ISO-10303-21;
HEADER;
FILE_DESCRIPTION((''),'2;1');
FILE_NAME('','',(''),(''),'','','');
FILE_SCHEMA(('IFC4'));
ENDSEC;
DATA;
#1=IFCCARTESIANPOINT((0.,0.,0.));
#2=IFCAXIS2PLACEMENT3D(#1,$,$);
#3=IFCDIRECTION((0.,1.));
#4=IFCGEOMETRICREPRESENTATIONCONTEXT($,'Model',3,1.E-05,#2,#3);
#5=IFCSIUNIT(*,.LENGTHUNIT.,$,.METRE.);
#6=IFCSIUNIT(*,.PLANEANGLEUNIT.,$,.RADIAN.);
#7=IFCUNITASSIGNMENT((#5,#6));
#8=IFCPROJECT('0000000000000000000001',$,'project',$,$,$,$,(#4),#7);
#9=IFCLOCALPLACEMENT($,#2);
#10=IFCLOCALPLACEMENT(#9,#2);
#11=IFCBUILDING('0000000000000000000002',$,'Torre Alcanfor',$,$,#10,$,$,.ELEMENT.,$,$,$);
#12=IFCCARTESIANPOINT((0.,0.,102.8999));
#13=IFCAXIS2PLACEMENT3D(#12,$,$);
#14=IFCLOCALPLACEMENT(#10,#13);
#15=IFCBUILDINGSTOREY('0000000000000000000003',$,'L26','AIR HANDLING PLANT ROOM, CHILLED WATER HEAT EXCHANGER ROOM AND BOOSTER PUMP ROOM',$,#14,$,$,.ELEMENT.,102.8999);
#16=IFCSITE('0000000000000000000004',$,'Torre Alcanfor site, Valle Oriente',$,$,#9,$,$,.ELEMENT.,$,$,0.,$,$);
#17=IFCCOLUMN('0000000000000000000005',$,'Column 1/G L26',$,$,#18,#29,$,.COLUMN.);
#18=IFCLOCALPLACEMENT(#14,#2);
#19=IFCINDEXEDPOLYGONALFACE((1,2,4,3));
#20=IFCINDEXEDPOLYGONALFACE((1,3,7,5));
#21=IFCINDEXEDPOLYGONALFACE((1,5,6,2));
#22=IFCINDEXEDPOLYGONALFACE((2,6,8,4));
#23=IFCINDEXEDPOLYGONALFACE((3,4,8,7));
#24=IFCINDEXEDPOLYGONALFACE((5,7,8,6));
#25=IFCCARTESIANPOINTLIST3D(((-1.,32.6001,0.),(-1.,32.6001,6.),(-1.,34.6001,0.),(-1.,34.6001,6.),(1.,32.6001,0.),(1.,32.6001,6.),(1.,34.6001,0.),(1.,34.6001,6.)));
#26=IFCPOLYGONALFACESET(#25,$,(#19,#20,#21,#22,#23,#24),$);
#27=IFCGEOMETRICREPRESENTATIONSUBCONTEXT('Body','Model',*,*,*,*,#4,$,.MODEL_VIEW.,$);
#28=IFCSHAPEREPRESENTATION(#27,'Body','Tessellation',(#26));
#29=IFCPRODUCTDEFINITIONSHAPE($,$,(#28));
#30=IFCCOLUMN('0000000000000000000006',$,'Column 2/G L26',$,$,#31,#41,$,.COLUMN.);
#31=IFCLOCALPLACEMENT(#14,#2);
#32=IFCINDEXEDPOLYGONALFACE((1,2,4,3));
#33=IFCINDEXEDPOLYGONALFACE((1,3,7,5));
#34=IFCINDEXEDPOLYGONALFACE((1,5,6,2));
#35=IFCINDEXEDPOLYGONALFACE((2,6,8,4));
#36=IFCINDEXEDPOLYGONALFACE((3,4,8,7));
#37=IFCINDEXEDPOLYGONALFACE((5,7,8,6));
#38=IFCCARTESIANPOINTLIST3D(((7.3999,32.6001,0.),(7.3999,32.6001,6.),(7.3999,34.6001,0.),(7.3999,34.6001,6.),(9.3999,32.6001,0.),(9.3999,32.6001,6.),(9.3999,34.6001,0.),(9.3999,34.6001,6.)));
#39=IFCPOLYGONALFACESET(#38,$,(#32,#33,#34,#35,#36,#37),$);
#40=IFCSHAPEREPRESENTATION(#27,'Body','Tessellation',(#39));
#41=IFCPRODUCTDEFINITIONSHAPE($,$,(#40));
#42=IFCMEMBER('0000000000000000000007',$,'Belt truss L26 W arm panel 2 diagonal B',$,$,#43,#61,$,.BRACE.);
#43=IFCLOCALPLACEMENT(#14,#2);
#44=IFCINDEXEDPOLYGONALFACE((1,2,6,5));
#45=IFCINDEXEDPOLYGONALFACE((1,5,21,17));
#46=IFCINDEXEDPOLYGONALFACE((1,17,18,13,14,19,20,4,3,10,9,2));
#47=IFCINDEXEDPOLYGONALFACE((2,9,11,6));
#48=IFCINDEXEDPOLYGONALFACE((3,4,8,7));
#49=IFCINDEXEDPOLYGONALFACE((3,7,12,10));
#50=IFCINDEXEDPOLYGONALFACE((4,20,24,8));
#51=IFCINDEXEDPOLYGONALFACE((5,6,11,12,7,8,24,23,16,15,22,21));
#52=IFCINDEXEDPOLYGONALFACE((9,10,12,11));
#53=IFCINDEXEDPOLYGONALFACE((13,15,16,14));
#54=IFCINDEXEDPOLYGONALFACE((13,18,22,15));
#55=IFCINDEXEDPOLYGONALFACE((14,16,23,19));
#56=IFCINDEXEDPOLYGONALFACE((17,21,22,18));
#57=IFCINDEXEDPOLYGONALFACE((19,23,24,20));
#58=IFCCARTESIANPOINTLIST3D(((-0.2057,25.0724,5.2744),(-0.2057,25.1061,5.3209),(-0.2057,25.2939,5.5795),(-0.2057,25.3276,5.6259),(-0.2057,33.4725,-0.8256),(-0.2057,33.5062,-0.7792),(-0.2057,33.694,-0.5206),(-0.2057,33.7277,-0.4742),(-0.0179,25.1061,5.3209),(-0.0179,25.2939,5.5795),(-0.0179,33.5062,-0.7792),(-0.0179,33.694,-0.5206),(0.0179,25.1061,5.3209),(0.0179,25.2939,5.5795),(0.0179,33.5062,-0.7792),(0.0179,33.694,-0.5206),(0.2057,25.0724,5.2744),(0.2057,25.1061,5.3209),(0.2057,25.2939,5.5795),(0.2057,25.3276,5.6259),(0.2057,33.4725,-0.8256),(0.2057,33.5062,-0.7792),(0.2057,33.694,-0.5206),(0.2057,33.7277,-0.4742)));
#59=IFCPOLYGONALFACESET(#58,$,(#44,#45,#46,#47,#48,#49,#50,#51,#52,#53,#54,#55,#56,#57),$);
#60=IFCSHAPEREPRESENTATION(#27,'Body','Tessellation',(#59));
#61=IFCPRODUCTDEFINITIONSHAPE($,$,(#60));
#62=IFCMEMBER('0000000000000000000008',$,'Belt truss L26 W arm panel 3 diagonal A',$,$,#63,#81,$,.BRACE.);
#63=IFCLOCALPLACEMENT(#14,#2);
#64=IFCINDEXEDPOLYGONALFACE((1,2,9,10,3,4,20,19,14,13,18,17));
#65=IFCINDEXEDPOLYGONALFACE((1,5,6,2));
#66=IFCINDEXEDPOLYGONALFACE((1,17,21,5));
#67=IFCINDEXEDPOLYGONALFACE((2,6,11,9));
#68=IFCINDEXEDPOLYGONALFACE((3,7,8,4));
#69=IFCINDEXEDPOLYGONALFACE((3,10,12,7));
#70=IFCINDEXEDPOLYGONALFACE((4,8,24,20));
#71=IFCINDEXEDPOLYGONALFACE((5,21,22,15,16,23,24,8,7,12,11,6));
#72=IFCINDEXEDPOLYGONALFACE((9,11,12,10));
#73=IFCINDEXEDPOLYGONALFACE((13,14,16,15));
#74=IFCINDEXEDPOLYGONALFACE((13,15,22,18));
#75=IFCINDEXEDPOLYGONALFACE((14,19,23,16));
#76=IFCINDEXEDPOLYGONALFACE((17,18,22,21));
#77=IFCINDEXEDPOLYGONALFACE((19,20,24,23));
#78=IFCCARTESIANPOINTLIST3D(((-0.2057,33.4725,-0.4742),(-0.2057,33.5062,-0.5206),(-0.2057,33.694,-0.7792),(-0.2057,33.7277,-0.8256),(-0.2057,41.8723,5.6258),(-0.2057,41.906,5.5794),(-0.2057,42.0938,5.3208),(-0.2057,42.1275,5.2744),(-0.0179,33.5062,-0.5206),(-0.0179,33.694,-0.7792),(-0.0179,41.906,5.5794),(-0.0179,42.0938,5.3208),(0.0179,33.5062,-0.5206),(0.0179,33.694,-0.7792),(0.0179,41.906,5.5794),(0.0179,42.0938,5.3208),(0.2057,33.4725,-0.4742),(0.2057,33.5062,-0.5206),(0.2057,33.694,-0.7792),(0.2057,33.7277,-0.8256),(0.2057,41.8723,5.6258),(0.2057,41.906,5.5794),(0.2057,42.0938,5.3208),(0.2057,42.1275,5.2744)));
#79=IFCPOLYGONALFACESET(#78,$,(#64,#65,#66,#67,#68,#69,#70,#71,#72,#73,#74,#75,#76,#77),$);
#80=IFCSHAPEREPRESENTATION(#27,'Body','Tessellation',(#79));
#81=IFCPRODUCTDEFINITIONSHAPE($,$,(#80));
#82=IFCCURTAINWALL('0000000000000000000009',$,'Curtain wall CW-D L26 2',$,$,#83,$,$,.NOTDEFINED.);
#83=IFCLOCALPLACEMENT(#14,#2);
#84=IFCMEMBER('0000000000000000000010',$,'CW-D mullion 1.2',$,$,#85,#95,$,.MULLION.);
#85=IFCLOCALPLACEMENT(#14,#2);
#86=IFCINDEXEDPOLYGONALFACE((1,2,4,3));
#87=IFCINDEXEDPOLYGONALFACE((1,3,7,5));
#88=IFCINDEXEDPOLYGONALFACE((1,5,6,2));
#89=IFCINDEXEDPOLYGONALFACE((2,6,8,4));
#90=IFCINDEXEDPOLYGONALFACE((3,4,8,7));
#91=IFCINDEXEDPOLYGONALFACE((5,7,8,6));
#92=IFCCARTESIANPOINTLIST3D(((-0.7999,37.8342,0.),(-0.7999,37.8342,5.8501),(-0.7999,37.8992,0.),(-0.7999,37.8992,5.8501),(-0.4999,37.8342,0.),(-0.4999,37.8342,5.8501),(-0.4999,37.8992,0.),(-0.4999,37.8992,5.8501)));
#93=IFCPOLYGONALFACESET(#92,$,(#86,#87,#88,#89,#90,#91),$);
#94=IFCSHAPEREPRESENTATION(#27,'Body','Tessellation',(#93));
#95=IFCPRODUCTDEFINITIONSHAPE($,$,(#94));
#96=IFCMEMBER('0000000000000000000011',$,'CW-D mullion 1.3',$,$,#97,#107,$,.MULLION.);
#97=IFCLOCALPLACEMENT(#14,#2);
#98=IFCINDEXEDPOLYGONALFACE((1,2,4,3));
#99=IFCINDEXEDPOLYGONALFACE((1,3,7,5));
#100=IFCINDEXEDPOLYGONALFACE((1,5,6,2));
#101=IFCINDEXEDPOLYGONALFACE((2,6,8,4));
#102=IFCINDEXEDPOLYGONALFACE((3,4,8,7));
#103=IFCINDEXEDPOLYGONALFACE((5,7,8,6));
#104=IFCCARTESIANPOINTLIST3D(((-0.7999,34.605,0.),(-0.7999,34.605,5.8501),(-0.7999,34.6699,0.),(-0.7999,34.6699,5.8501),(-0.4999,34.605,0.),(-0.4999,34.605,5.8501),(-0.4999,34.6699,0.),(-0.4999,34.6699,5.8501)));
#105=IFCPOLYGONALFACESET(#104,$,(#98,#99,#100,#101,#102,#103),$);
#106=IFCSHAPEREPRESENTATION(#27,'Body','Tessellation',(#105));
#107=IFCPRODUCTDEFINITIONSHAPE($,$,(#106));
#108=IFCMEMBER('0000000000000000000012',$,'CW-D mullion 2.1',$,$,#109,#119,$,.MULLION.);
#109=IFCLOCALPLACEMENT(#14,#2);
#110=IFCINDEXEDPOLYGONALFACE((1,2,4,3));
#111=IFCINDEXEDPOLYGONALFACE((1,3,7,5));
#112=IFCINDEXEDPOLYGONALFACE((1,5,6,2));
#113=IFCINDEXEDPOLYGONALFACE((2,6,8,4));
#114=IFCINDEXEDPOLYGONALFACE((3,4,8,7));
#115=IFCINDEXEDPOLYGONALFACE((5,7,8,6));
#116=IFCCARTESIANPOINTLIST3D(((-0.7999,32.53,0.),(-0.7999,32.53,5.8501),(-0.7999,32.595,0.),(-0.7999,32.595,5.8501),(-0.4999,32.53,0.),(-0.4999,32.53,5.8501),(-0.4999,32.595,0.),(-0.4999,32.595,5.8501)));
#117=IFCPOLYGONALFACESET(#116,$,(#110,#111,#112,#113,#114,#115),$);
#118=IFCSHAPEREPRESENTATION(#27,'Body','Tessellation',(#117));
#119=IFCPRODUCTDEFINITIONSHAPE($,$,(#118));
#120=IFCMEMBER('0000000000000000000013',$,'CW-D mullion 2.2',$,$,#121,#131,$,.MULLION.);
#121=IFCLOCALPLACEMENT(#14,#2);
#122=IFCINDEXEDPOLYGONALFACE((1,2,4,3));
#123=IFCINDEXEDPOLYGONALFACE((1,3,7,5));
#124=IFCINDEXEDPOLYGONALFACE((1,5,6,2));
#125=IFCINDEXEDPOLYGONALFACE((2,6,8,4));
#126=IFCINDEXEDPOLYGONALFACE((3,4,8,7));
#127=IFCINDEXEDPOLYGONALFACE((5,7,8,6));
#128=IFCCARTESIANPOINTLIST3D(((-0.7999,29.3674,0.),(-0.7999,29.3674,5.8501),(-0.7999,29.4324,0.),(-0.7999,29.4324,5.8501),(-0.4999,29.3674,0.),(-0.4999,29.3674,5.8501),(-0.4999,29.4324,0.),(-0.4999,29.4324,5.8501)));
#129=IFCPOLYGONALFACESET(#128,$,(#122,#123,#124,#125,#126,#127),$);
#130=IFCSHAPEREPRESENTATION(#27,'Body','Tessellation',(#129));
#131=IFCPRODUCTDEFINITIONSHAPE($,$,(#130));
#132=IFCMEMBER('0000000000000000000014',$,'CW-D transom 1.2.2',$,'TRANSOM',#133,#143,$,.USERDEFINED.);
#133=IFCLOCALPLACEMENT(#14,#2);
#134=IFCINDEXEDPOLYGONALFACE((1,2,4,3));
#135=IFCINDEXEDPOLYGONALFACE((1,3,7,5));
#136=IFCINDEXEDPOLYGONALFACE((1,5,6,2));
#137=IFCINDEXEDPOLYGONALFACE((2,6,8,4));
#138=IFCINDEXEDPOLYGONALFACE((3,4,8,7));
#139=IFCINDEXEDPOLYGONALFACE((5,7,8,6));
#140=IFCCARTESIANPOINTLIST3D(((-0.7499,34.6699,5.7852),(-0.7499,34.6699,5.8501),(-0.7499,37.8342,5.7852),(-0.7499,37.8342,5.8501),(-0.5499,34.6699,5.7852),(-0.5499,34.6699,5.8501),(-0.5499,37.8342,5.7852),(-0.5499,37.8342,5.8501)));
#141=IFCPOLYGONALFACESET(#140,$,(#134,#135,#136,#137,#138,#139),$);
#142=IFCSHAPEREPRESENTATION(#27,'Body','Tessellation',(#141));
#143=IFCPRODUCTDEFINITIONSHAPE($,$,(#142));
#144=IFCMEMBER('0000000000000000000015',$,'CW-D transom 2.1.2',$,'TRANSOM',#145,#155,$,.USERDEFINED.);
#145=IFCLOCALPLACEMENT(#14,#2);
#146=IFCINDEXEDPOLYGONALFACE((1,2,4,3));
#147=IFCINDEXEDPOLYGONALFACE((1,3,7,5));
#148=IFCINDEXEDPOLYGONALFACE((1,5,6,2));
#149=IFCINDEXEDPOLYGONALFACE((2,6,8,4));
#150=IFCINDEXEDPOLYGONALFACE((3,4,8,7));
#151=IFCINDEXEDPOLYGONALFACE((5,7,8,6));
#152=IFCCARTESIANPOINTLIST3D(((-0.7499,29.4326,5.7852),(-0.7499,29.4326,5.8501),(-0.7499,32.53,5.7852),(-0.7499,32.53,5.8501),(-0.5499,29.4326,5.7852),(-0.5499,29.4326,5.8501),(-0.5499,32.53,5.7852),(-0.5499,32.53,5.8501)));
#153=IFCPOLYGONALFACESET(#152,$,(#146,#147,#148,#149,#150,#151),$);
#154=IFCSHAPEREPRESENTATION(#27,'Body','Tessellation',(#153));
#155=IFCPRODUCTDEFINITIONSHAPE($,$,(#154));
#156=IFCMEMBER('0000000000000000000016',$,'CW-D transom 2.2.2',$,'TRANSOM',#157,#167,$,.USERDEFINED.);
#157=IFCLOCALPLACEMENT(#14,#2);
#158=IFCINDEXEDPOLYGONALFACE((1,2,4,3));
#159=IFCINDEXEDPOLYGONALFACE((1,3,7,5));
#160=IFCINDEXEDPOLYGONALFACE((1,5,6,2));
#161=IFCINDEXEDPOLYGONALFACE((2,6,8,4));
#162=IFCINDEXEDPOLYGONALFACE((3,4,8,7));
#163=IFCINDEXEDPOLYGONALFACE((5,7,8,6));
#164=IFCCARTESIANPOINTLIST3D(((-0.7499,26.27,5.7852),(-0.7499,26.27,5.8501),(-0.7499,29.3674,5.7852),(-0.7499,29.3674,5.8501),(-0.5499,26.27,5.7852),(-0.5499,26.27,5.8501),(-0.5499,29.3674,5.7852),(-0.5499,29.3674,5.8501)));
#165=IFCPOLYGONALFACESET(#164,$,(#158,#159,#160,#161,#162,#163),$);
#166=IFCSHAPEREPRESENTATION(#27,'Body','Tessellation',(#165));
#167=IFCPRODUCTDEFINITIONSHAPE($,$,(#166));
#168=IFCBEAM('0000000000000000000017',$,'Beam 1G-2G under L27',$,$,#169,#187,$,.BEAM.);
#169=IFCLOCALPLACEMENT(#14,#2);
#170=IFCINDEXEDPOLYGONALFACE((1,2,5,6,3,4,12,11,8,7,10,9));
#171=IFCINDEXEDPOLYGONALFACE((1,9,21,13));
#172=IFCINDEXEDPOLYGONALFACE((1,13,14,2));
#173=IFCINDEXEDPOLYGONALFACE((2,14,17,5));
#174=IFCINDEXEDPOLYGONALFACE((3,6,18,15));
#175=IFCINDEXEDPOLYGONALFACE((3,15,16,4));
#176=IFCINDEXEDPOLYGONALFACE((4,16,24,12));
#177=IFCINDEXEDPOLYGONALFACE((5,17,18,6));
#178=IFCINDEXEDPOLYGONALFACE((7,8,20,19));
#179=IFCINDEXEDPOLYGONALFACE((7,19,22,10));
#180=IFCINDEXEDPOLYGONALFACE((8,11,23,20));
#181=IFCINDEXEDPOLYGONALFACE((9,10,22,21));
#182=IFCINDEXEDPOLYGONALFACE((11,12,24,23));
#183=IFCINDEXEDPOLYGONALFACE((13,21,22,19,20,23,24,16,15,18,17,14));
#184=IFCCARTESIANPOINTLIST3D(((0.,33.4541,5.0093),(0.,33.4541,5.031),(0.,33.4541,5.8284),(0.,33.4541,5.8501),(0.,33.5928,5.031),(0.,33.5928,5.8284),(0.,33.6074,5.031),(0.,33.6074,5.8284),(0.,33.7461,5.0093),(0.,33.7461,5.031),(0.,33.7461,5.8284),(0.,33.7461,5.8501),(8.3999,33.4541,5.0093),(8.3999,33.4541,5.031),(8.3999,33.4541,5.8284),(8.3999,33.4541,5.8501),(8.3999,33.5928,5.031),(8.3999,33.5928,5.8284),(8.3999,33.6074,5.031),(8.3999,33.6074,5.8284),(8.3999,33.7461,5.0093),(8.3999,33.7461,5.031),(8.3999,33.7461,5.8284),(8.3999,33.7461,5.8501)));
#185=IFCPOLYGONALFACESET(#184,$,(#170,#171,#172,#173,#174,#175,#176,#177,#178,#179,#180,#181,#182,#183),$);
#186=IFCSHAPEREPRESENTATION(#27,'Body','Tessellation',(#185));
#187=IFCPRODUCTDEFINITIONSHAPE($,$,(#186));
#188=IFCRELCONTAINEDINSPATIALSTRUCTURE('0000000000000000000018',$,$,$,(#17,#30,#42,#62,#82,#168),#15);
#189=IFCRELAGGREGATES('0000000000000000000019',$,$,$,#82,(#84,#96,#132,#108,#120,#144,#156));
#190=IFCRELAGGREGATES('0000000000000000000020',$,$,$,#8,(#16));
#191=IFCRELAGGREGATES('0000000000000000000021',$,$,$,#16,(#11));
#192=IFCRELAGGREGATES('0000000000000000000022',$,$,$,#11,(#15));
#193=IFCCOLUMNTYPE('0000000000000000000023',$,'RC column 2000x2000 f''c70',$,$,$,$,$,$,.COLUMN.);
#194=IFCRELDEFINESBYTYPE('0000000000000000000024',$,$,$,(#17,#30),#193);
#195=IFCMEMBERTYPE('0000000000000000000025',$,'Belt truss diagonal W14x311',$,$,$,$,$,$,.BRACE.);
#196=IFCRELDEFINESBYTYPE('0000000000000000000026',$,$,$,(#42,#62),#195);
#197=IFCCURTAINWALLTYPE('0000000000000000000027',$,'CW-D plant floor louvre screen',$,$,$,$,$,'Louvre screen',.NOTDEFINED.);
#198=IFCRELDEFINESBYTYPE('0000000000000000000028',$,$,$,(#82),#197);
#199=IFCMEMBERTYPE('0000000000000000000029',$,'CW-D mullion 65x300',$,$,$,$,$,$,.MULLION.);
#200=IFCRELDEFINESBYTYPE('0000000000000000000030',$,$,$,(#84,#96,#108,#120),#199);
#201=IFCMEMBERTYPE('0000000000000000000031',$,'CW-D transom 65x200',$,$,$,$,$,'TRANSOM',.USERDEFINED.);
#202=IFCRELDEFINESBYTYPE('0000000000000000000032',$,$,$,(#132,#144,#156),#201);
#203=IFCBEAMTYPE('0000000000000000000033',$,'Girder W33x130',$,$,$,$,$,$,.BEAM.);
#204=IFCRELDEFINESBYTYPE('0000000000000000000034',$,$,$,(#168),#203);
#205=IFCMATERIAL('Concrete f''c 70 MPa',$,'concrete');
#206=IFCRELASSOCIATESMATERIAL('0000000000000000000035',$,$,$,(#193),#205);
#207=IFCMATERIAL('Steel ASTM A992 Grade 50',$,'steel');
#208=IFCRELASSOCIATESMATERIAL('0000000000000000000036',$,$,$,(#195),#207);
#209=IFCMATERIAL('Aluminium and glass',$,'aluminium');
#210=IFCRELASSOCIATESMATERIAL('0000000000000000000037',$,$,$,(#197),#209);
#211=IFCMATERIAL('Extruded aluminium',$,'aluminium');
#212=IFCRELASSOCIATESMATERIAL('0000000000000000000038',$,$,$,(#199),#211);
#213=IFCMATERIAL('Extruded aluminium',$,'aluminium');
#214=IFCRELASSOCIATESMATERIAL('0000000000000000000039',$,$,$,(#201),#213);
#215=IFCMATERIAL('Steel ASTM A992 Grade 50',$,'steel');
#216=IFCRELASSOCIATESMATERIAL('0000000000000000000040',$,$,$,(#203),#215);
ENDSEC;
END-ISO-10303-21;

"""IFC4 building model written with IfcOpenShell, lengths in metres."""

from ifc_helpers import new_model, si_unit, direction, frame, origin, origin_2d, place, context, subcontext, project, spatial, rectangle, i_section, extrude, material, material_profile, profile_set, type_object, element, aggregate, save


model = new_model("IFC4")

# Units and contexts
model_context = context("Model", 3, precision=1e-05, world=origin(), true_north=direction((0.0, 1.0)))
body_context = subcontext(model_context, "Body", "Model", "MODEL_VIEW")
ifc_project = project(units=[si_unit("LENGTHUNIT", "METRE"), si_unit("PLANEANGLEUNIT", "RADIAN")], contexts=[model_context])

# Site, building, storey
site_placement = place(None, origin())
site = spatial("IfcSite", under=ifc_project, at=site_placement, Name="Torre Alcanfor site, Valle Oriente", CompositionType="ELEMENT", RefElevation=0.0)
building_placement = place(site_placement, origin())
building = spatial("IfcBuilding", under=site, at=building_placement, Name="Torre Alcanfor", CompositionType="ELEMENT")
storey_placement = place(building_placement, frame((0.0, 0.0, 102.8999)))
storey = spatial("IfcBuildingStorey", under=building, at=storey_placement, Name="L26", Description="AIR HANDLING PLANT ROOM, CHILLED WATER HEAT EXCHANGER ROOM AND BOOSTER PUMP ROOM", CompositionType="ELEMENT", Elevation=102.8999)

# Columns
ifc_material_1 = material(Name="Concrete f'c 70 MPa", Category="concrete")
ifc_material_profile_1 = material_profile(ifc_material_1, rectangle(XDim=2.0, YDim=2.0, at=origin_2d()), Name="2000x2000")
ifc_profile_set_1 = profile_set([ifc_material_profile_1], Name="Concrete f'c 70 MPa")
column_type = type_object("IfcColumnType", Name="RC column 2000x2000 f'c70", PredefinedType="COLUMN", material=ifc_profile_set_1)
for number, where, z_axis, x_axis, name in (
    (1, (0.0, 33.6001, 0.0), (0.0, 0.0, 1.0), (1.0, 0.0, 0.0), "Column 1/G L26"),
    (2, (8.3999, 33.6001, 0.0), (0.0, 0.0, 1.0), (1.0, 0.0, 0.0), "Column 2/G L26"),
):
    element("IfcColumn", number, at=place(storey_placement, frame(where, z_axis=z_axis, x_axis=x_axis)), inside=storey, type_object=column_type, Name=name, PredefinedType="COLUMN", context=body_context, shape_type="SweptSolid", body=[
        extrude(rectangle(XDim=2.0, YDim=2.0, at=origin_2d()), origin(), (0.0, 0.0, 1.0), 6.0),
    ])

# Members
ifc_material_2 = material(Name="Steel ASTM A992 Grade 50", Category="steel")
ifc_material_profile_2 = material_profile(ifc_material_2, i_section(OverallWidth=0.4114, OverallDepth=0.4343, WebThickness=0.0359, FlangeThickness=0.0574, at=origin_2d()), Name="W14x311")
ifc_profile_set_2 = profile_set([ifc_material_profile_2], Name="Steel ASTM A992 Grade 50")
member_type_1 = type_object("IfcMemberType", Name="Belt truss diagonal W14x311", PredefinedType="BRACE", material=ifc_profile_set_2)
member_1_placement = place(storey_placement, frame((0.0, 33.6001, -0.6499), z_axis=(0.0, -0.809153, 0.587598), x_axis=(1.0, 0.0, 0.0)))
element("IfcMember", 3, at=member_1_placement, inside=storey, type_object=member_type_1, Name="Belt truss L26 W arm panel 2 diagonal B", PredefinedType="BRACE", context=body_context, shape_type="SweptSolid", body=[
    extrude(i_section(OverallWidth=0.4114, OverallDepth=0.4343, WebThickness=0.0359, FlangeThickness=0.0574, at=origin_2d()), origin(), (0.0, 0.0, 1.0), 10.3813),
])
member_2_placement = place(storey_placement, frame((0.0, 33.6001, -0.6499), z_axis=(0.0, 0.809145, 0.587609), x_axis=(-1.0, 0.0, 0.0)))
element("IfcMember", 4, at=member_2_placement, inside=storey, type_object=member_type_1, Name="Belt truss L26 W arm panel 3 diagonal A", PredefinedType="BRACE", context=body_context, shape_type="SweptSolid", body=[
    extrude(i_section(OverallWidth=0.4114, OverallDepth=0.4343, WebThickness=0.0359, FlangeThickness=0.0574, at=origin_2d()), origin(), (0.0, 0.0, 1.0), 10.3811),
])

# Curtain wall, members
ifc_material_3 = material(Name="Aluminium and glass", Category="aluminium")
curtain_wall_type = type_object("IfcCurtainWallType", Name="CW-D plant floor louvre screen", ElementType="Louvre screen", PredefinedType="NOTDEFINED", material=ifc_material_3)
curtain_wall_placement = place(storey_placement, origin())
curtain_wall = element("IfcCurtainWall", 5, at=curtain_wall_placement, inside=storey, type_object=curtain_wall_type, Name="Curtain wall CW-D L26 2", PredefinedType="NOTDEFINED")
ifc_material_4 = material(Name="Extruded aluminium", Category="aluminium")
ifc_material_profile_3 = material_profile(ifc_material_4, rectangle(XDim=0.3, YDim=0.0649, at=origin_2d()), Name="CW-D mullion 65x300")
ifc_profile_set_3 = profile_set([ifc_material_profile_3], Name="Extruded aluminium")
member_type_2 = type_object("IfcMemberType", Name="CW-D mullion 65x300", PredefinedType="MULLION", material=ifc_profile_set_3)
member_3_placement = place(storey_placement, frame((-0.6499, 37.8667, 0.0), z_axis=(0.0, 0.0, 1.0), x_axis=(1.0, 0.0, 0.0)))
member_3 = element("IfcMember", 6, at=member_3_placement, type_object=member_type_2, Name="CW-D mullion 1.2", PredefinedType="MULLION", context=body_context, shape_type="SweptSolid", body=[
    extrude(rectangle(XDim=0.3, YDim=0.0649, at=origin_2d()), origin(), (0.0, 0.0, 1.0), 5.8501),
])
member_4_placement = place(storey_placement, frame((-0.6499, 34.6375, 0.0), z_axis=(0.0, 0.0, 1.0), x_axis=(1.0, 0.0, 0.0)))
member_4 = element("IfcMember", 7, at=member_4_placement, type_object=member_type_2, Name="CW-D mullion 1.3", PredefinedType="MULLION", context=body_context, shape_type="SweptSolid", body=[
    extrude(rectangle(XDim=0.3, YDim=0.0649, at=origin_2d()), origin(), (0.0, 0.0, 1.0), 5.8501),
])
member_5_placement = place(storey_placement, frame((-0.6499, 32.5625, 0.0), z_axis=(0.0, 0.0, 1.0), x_axis=(1.0, 0.0, 0.0)))
member_5 = element("IfcMember", 8, at=member_5_placement, type_object=member_type_2, Name="CW-D mullion 2.1", PredefinedType="MULLION", context=body_context, shape_type="SweptSolid", body=[
    extrude(rectangle(XDim=0.3, YDim=0.0649, at=origin_2d()), origin(), (0.0, 0.0, 1.0), 5.8501),
])
member_6_placement = place(storey_placement, frame((-0.6499, 29.3999, 0.0), z_axis=(0.0, 0.0, 1.0), x_axis=(1.0, 0.0, 0.0)))
member_6 = element("IfcMember", 9, at=member_6_placement, type_object=member_type_2, Name="CW-D mullion 2.2", PredefinedType="MULLION", context=body_context, shape_type="SweptSolid", body=[
    extrude(rectangle(XDim=0.3, YDim=0.0649, at=origin_2d()), origin(), (0.0, 0.0, 1.0), 5.8501),
])
ifc_material_5 = material(Name="Extruded aluminium", Category="aluminium")
ifc_material_profile_4 = material_profile(ifc_material_5, rectangle(XDim=0.2, YDim=0.0649, at=origin_2d()), Name="CW-D transom 200x65")
ifc_profile_set_4 = profile_set([ifc_material_profile_4], Name="Extruded aluminium")
member_type_3 = type_object("IfcMemberType", Name="CW-D transom 65x200", ElementType="TRANSOM", PredefinedType="USERDEFINED", material=ifc_profile_set_4)
member_7_placement = place(storey_placement, frame((-0.6499, 37.8342, 5.8176), z_axis=(0.0, -1.0, 0.0), x_axis=(1.0, 0.0, 0.0)))
member_7 = element("IfcMember", 10, at=member_7_placement, type_object=member_type_3, Name="CW-D transom 1.2.2", ObjectType="TRANSOM", PredefinedType="USERDEFINED", context=body_context, shape_type="SweptSolid", body=[
    extrude(rectangle(XDim=0.2, YDim=0.0649, at=origin_2d()), origin(), (0.0, 0.0, 1.0), 3.1643),
])
member_8_placement = place(storey_placement, frame((-0.6499, 32.53, 5.8176), z_axis=(0.0, -1.0, 0.0), x_axis=(1.0, 0.0, 0.0)))
member_8 = element("IfcMember", 11, at=member_8_placement, type_object=member_type_3, Name="CW-D transom 2.1.2", ObjectType="TRANSOM", PredefinedType="USERDEFINED", context=body_context, shape_type="SweptSolid", body=[
    extrude(rectangle(XDim=0.2, YDim=0.0649, at=origin_2d()), origin(), (0.0, 0.0, 1.0), 3.0974),
])
member_9_placement = place(storey_placement, frame((-0.6499, 29.3674, 5.8176), z_axis=(0.0, -1.0, 0.0), x_axis=(1.0, 0.0, 0.0)))
member_9 = element("IfcMember", 12, at=member_9_placement, type_object=member_type_3, Name="CW-D transom 2.2.2", ObjectType="TRANSOM", PredefinedType="USERDEFINED", context=body_context, shape_type="SweptSolid", body=[
    extrude(rectangle(XDim=0.2, YDim=0.0649, at=origin_2d()), origin(), (0.0, 0.0, 1.0), 3.0974),
])

# Beam
ifc_material_6 = material(Name="Steel ASTM A992 Grade 50", Category="steel")
ifc_material_profile_5 = material_profile(ifc_material_6, i_section(OverallWidth=0.292, OverallDepth=0.8408, WebThickness=0.0146, FlangeThickness=0.0217, at=origin_2d()), Name="W33x130")
ifc_profile_set_5 = profile_set([ifc_material_profile_5], Name="Steel ASTM A992 Grade 50")
beam_type_1 = type_object("IfcBeamType", Name="Girder W33x130", PredefinedType="BEAM", material=ifc_profile_set_5)
beam_1_placement = place(storey_placement, frame((0.0, 33.6001, 5.4297), z_axis=(1.0, 0.0, 0.0), x_axis=(0.0, 1.0, 0.0)))
element("IfcBeam", 13, at=beam_1_placement, inside=storey, type_object=beam_type_1, Name="Beam 1G-2G under L27", PredefinedType="BEAM", context=body_context, shape_type="SweptSolid", body=[
    extrude(i_section(OverallWidth=0.292, OverallDepth=0.8408, WebThickness=0.0146, FlangeThickness=0.0217, at=origin_2d()), origin(), (0.0, 0.0, 1.0), 8.3999),
])

aggregate(curtain_wall, [member_3, member_4, member_7, member_5, member_6, member_8, member_9])

save(model, "model.ifc")
